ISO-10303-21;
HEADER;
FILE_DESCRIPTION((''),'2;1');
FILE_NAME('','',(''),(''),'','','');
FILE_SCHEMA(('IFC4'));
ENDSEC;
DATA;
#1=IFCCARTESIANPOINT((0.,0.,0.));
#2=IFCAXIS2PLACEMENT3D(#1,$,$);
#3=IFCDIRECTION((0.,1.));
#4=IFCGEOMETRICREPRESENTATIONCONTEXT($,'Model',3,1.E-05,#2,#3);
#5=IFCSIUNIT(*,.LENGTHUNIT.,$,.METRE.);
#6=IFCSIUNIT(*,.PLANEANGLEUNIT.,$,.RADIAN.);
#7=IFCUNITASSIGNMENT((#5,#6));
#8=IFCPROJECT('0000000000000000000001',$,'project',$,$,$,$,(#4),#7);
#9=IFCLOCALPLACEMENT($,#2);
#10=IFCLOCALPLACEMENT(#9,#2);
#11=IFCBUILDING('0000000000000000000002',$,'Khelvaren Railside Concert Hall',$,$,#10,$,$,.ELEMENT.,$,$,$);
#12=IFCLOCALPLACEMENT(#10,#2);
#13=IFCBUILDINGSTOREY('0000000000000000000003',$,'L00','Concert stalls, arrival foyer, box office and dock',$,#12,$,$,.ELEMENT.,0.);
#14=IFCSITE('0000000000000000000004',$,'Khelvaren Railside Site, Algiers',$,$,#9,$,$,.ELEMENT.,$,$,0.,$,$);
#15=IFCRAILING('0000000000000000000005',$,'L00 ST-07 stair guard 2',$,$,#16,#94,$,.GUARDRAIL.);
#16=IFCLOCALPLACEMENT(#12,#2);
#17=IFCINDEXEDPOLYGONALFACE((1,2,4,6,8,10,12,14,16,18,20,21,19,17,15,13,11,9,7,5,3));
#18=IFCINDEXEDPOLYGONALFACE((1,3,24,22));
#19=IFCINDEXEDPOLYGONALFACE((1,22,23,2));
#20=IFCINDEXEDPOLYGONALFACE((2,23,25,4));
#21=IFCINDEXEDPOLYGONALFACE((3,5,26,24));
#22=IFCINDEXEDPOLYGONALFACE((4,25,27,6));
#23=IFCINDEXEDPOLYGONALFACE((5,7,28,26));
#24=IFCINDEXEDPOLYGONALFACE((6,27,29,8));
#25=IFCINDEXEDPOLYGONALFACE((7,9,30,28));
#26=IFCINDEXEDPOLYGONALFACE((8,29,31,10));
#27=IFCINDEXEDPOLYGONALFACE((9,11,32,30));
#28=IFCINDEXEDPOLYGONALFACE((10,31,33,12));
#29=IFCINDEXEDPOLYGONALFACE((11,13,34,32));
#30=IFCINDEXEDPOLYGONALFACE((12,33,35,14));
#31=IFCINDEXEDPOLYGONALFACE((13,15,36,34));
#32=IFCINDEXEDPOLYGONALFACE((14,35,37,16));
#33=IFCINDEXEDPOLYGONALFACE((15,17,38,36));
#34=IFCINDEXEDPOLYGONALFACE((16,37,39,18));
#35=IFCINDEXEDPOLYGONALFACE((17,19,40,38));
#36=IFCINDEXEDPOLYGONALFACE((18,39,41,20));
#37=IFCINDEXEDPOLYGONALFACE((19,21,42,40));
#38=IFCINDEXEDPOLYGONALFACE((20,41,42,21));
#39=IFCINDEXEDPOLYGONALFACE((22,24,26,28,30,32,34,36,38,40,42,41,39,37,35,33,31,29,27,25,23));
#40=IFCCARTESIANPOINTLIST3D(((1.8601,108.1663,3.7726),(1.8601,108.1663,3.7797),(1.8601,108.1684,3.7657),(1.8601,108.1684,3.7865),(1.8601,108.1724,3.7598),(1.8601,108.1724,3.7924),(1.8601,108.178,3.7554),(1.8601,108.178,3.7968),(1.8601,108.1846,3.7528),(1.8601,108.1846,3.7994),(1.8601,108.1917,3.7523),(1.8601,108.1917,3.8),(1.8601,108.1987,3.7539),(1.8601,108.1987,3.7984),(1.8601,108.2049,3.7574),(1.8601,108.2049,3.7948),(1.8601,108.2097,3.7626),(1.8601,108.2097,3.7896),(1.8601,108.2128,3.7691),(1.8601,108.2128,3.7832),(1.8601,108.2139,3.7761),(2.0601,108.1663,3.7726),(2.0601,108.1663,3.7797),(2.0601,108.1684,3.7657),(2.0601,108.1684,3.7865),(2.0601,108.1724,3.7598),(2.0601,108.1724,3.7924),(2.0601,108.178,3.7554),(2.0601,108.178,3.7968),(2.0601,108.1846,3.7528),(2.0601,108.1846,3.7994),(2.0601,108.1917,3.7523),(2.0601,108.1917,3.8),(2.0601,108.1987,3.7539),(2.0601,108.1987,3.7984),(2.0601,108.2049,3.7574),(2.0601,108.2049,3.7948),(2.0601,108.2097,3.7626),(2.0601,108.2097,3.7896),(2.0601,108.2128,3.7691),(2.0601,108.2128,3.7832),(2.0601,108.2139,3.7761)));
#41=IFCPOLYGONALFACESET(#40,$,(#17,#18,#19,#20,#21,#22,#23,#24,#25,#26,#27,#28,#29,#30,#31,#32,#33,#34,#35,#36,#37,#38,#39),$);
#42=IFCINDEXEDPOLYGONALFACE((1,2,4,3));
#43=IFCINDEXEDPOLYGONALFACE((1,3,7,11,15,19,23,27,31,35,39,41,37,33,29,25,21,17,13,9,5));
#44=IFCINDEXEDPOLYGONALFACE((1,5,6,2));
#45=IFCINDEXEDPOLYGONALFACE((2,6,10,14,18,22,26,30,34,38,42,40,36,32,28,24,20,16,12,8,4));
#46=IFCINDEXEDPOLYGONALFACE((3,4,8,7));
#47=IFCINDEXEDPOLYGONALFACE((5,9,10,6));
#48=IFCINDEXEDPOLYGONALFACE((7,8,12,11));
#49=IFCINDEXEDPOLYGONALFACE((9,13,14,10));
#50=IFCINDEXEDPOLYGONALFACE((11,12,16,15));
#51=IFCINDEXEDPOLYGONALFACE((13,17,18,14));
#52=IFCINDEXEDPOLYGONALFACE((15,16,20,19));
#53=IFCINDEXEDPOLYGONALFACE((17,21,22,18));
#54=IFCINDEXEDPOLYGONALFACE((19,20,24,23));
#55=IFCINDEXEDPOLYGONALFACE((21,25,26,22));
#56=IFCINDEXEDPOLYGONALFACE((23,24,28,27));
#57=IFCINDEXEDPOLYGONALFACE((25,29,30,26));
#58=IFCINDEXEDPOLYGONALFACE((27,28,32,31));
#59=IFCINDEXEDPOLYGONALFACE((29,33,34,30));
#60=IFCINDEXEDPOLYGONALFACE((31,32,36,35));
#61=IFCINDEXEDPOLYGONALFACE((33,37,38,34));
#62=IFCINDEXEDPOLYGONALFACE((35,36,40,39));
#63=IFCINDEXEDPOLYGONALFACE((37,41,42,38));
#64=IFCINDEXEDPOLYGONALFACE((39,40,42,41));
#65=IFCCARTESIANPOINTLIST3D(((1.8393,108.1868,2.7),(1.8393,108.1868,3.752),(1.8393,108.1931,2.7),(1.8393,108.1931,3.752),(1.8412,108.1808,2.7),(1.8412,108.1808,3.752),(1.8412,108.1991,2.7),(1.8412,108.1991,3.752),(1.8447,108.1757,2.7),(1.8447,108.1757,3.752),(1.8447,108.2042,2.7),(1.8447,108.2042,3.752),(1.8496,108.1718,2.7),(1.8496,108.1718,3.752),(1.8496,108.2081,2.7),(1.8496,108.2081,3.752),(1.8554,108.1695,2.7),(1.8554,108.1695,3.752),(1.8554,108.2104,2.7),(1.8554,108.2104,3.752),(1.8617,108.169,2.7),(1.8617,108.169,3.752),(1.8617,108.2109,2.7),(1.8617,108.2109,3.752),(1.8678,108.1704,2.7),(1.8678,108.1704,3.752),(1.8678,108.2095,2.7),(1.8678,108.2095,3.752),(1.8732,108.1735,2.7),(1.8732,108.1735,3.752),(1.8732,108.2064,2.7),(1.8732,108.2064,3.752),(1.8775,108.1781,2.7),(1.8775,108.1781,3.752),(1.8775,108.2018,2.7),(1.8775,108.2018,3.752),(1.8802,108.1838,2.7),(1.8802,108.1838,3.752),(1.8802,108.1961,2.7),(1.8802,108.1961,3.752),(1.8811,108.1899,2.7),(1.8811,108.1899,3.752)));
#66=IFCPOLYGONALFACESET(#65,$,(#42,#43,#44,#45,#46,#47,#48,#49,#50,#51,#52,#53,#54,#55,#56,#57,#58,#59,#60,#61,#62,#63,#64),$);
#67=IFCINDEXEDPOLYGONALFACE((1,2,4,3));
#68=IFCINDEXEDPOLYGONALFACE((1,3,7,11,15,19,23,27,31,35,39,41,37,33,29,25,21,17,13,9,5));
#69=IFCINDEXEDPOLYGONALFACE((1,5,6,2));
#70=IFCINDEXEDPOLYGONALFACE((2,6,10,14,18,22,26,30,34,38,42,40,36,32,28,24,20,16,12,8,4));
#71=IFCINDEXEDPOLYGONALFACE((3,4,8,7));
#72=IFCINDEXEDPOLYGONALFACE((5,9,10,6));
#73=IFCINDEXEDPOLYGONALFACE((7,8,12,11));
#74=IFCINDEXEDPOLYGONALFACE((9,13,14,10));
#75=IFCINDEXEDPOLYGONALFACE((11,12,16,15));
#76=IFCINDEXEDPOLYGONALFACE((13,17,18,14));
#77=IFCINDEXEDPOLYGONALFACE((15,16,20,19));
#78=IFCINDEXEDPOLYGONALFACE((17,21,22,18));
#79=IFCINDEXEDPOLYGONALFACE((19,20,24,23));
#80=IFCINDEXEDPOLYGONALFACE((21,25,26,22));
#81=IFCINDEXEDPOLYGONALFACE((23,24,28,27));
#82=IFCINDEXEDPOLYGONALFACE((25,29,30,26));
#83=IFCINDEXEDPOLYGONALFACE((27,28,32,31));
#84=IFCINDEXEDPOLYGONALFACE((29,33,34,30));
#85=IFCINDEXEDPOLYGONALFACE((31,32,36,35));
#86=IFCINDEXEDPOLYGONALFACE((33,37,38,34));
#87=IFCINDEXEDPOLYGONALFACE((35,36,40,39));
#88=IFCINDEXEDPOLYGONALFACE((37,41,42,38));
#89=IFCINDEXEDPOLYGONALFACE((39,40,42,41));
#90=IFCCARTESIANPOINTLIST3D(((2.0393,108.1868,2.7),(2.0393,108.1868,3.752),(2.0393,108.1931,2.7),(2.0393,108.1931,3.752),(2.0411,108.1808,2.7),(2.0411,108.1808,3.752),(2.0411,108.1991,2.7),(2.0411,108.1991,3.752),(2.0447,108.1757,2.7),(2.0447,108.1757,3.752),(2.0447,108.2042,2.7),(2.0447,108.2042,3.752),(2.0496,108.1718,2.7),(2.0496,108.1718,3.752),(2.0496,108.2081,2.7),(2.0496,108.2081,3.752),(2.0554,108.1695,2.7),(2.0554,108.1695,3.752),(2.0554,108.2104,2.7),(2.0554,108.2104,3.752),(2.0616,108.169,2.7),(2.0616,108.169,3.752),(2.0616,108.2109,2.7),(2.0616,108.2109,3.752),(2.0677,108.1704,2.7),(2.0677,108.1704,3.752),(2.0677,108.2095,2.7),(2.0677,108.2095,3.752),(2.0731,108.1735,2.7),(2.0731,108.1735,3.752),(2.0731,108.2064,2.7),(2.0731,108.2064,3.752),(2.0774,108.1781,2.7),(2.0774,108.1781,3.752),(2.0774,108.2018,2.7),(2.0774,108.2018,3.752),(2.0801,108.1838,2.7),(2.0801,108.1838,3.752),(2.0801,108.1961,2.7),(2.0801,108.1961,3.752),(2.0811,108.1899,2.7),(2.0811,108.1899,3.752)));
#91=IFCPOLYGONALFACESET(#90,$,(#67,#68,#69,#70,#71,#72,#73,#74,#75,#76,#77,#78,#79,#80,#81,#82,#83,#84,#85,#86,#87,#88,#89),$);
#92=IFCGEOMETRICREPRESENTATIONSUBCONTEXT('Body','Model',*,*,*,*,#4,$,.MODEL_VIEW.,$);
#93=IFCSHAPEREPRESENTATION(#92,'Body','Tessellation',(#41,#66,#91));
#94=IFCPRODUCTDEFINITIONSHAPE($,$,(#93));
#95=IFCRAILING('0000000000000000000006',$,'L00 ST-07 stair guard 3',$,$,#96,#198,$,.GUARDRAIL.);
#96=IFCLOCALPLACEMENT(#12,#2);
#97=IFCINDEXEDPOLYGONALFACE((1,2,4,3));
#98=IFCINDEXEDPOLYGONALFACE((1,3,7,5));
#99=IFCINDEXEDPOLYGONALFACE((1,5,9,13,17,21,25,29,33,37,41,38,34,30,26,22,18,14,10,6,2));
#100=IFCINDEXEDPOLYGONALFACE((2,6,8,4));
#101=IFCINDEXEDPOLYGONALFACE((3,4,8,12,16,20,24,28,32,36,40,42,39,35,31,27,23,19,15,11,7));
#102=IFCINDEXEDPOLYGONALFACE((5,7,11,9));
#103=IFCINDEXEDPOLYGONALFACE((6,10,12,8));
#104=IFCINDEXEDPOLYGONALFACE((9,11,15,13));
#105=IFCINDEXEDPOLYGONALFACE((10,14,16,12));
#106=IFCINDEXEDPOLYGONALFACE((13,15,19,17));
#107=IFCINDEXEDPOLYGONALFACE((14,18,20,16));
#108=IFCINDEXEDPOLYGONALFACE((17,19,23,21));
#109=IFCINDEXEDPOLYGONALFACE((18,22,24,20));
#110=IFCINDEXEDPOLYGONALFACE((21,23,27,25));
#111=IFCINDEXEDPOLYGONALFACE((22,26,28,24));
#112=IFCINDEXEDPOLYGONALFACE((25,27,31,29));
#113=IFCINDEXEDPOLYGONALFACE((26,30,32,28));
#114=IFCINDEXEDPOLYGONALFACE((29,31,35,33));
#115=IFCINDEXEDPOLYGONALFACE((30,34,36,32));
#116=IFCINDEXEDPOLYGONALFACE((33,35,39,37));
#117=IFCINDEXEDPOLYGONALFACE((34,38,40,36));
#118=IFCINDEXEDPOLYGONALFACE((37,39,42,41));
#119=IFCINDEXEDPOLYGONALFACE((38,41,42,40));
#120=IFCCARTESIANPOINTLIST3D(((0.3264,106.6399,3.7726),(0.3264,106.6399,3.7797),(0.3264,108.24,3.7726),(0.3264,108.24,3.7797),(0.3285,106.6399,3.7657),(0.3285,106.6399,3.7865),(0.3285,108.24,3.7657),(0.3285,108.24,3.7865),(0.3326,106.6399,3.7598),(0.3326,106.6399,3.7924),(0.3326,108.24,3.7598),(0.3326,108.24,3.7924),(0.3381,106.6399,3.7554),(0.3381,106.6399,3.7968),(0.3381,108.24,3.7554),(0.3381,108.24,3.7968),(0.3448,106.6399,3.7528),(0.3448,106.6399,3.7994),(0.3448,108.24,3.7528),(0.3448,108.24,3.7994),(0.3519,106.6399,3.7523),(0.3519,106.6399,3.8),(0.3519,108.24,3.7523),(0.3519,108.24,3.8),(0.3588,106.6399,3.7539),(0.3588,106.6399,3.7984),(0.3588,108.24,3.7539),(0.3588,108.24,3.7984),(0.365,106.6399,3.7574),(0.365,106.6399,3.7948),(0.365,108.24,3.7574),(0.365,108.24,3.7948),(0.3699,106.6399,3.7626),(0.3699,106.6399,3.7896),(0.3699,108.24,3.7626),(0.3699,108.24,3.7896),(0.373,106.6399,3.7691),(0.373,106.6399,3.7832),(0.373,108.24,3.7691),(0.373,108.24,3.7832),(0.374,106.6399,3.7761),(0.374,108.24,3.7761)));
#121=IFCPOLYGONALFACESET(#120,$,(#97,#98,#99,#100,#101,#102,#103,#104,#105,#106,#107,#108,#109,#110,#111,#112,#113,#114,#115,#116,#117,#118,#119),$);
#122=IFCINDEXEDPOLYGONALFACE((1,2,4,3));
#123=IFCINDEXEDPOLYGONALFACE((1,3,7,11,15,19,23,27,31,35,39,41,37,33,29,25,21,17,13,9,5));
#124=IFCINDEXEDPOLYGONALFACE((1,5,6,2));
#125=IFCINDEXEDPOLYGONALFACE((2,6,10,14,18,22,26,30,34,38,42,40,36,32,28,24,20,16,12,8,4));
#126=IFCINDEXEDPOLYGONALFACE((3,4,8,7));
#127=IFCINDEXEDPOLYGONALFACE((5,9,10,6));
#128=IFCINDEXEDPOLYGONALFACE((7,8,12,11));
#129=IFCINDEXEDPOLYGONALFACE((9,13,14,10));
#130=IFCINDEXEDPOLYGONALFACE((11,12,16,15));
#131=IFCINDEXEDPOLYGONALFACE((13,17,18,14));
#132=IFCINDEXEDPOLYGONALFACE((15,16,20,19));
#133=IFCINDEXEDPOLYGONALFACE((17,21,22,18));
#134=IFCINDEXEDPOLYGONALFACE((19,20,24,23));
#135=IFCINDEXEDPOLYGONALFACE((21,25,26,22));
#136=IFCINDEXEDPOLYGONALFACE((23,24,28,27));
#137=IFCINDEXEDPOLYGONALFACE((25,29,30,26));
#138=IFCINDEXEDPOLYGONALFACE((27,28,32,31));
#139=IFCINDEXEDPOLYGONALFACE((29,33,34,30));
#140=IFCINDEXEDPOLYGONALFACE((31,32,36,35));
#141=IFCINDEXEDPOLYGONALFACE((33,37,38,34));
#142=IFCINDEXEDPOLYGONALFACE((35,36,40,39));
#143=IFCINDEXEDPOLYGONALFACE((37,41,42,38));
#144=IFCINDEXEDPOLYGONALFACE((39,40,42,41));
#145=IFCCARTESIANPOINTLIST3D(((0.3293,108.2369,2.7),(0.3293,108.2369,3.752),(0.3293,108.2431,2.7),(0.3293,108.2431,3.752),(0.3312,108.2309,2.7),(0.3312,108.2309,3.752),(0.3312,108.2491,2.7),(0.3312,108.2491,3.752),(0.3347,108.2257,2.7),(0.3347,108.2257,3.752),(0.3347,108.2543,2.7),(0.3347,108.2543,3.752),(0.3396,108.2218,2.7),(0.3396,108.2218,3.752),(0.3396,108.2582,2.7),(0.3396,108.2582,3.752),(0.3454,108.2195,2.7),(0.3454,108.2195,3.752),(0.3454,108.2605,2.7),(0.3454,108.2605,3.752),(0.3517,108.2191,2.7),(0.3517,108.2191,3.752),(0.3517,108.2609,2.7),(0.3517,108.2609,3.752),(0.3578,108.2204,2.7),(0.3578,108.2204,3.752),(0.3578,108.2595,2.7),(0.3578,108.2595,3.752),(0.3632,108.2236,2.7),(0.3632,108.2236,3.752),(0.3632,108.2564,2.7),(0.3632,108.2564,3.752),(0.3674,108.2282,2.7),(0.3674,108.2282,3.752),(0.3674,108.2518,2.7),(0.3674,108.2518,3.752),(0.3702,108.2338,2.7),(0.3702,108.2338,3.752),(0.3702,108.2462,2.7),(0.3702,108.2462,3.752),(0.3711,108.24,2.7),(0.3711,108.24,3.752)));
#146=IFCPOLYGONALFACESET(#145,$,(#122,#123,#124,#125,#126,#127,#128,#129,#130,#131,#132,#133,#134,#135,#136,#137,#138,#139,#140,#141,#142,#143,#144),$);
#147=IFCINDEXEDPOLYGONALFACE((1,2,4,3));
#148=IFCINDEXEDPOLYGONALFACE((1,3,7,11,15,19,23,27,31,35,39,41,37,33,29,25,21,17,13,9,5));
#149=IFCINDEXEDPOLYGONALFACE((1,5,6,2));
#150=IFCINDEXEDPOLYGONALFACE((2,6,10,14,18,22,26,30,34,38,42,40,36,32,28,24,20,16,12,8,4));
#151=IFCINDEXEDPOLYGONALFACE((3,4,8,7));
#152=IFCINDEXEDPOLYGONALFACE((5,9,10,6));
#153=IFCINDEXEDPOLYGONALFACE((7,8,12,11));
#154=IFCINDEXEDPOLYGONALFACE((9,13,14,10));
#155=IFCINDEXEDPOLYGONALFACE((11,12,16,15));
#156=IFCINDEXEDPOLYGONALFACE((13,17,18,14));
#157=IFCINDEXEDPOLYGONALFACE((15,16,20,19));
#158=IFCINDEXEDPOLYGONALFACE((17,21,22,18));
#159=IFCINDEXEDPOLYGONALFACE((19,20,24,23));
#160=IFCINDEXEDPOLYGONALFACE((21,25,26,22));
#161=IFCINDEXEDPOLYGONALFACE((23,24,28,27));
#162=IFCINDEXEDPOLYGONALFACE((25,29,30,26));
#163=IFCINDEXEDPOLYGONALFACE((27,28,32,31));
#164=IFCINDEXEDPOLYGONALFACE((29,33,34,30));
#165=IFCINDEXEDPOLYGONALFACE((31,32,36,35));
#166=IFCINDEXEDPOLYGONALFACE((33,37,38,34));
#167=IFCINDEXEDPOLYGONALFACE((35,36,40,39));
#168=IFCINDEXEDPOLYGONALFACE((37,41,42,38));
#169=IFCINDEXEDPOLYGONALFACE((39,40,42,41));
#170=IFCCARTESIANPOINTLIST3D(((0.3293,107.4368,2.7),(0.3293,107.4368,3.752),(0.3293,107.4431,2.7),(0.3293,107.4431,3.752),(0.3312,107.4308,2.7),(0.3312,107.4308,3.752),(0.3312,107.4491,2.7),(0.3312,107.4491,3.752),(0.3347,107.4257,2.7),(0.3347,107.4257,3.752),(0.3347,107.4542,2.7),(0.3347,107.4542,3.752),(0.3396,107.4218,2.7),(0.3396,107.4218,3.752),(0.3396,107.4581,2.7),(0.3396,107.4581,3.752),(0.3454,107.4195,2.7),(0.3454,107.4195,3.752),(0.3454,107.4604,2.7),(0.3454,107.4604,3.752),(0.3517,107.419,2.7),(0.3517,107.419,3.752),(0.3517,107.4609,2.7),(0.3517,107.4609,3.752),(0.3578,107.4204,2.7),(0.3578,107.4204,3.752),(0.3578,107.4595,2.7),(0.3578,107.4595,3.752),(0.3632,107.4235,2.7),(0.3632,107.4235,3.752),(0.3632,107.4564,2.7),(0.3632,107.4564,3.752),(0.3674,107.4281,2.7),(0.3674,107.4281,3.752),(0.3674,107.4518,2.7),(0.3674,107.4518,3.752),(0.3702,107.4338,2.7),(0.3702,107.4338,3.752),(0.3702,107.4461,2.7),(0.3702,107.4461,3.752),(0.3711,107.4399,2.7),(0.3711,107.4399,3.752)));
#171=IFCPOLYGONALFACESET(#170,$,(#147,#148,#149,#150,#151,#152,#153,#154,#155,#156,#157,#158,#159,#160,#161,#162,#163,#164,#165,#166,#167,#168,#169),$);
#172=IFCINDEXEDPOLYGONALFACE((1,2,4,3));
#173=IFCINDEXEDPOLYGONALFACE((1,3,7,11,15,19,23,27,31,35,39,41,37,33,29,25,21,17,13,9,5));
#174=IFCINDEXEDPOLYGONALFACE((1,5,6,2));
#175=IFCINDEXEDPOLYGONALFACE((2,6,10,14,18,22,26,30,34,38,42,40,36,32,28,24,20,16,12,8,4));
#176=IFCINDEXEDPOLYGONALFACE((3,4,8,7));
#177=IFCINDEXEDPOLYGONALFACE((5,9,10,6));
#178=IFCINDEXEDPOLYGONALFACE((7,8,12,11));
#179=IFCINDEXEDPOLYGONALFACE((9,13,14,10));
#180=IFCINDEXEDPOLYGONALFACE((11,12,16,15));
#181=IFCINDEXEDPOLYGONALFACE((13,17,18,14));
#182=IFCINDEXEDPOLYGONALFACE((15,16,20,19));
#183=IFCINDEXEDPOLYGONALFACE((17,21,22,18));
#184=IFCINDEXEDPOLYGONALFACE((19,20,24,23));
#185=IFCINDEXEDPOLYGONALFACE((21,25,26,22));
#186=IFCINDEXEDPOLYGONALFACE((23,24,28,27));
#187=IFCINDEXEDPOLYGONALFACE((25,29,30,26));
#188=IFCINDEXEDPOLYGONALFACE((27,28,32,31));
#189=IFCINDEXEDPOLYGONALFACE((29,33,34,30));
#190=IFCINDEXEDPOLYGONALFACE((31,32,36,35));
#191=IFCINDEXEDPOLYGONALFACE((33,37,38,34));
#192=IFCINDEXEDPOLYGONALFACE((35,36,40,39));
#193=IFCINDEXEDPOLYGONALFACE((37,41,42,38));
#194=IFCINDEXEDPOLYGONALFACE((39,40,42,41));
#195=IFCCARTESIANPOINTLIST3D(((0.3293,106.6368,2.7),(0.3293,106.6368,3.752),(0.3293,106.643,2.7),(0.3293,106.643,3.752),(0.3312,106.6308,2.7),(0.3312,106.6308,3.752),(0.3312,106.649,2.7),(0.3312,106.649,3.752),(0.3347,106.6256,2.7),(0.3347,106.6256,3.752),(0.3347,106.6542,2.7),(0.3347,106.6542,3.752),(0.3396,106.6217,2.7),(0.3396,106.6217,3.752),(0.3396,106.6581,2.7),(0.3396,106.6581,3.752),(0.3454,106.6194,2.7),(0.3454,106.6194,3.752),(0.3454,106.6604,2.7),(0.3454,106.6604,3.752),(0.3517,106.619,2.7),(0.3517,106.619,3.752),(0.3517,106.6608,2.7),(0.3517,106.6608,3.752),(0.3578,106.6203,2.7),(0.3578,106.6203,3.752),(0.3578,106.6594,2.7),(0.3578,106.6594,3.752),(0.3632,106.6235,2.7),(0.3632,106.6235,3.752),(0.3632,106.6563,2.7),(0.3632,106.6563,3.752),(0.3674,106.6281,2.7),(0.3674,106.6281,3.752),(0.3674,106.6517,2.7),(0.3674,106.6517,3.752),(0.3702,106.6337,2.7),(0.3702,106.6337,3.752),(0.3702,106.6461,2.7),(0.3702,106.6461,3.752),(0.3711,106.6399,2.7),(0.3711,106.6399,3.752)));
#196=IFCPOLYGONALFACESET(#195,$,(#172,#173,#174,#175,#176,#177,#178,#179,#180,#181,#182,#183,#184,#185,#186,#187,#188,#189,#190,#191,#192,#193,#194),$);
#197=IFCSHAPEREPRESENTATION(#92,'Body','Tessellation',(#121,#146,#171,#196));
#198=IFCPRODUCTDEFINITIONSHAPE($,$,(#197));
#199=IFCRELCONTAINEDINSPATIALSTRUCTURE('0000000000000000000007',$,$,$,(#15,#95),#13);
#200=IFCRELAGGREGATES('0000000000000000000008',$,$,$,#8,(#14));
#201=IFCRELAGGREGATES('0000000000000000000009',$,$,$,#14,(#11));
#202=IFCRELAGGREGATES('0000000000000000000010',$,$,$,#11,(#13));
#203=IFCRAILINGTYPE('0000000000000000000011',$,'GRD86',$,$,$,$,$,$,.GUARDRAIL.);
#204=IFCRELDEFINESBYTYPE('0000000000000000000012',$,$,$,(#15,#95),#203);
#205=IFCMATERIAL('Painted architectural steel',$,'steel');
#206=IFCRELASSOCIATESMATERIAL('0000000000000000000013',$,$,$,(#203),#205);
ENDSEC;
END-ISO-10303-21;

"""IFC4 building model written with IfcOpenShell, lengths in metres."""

from ifc_helpers import new_model, si_unit, direction, frame, origin, origin_2d, place, context, subcontext, project, spatial, circle, extrude, material, type_object, element, save


model = new_model("IFC4")

# Units and contexts
model_context = context("Model", 3, precision=1e-05, world=origin(), true_north=direction((0.0, 1.0)))
body_context = subcontext(model_context, "Body", "Model", "MODEL_VIEW")
ifc_project = project(units=[si_unit("LENGTHUNIT", "METRE"), si_unit("PLANEANGLEUNIT", "RADIAN")], contexts=[model_context])

# Site, building, storey
site_placement = place(None, origin())
site = spatial("IfcSite", under=ifc_project, at=site_placement, Name="Khelvaren Railside Site, Algiers", CompositionType="ELEMENT", RefElevation=0.0)
building_placement = place(site_placement, origin())
building = spatial("IfcBuilding", under=site, at=building_placement, Name="Khelvaren Railside Concert Hall", CompositionType="ELEMENT")
storey_placement = place(building_placement, origin())
storey = spatial("IfcBuildingStorey", under=building, at=storey_placement, Name="L00", Description="Concert stalls, arrival foyer, box office and dock", CompositionType="ELEMENT", Elevation=0.0)

# Railings
ifc_material_1 = material(Name="Painted architectural steel", Category="steel")
railing_type_1 = type_object("IfcRailingType", Name="GRD86", PredefinedType="GUARDRAIL", material=ifc_material_1)
railing_1_placement = place(storey_placement, frame((1.8601, 108.1899, 2.7)))
element("IfcRailing", 1, at=railing_1_placement, inside=storey, type_object=railing_type_1, Name="L00 ST-07 stair guard 2", PredefinedType="GUARDRAIL", context=body_context, shape_type="SweptSolid", body=[
    extrude(circle(Radius=0.0239, at=origin_2d()), frame((0.0, 0.0, 1.0762), z_axis=(1.0, 0.0, 0.0), x_axis=(0.0, 1.0, 0.0)), (0.0, 0.0, 1.0), 0.2),
    extrude(circle(Radius=0.021, at=origin_2d()), origin(), (0.0, 0.0, 1.0), 1.052),
    extrude(circle(Radius=0.021, at=origin_2d()), frame((0.2, 0.0, 0.0)), (0.0, 0.0, 1.0), 1.052),
])
for number, where, name in (
    (2, (0.3501, 108.24, 2.7), "L00 ST-07 stair guard 3"),
):
    element("IfcRailing", number, at=place(storey_placement, frame(where)), inside=storey, type_object=railing_type_1, Name=name, PredefinedType="GUARDRAIL", context=body_context, shape_type="SweptSolid", body=[
        extrude(circle(Radius=0.0239, at=origin_2d()), frame((0.0, 0.0, 1.0762), z_axis=(0.0, -1.0, 0.0), x_axis=(1.0, 0.0, 0.0)), (0.0, 0.0, 1.0), 1.6001),
        extrude(circle(Radius=0.021, at=origin_2d()), origin(), (0.0, 0.0, 1.0), 1.052),
        extrude(circle(Radius=0.021, at=origin_2d()), frame((0.0, -0.8, 0.0)), (0.0, 0.0, 1.0), 1.052),
        extrude(circle(Radius=0.021, at=origin_2d()), frame((0.0, -1.6001, 0.0)), (0.0, 0.0, 1.0), 1.052),
    ])

save(model, "model.ifc")
